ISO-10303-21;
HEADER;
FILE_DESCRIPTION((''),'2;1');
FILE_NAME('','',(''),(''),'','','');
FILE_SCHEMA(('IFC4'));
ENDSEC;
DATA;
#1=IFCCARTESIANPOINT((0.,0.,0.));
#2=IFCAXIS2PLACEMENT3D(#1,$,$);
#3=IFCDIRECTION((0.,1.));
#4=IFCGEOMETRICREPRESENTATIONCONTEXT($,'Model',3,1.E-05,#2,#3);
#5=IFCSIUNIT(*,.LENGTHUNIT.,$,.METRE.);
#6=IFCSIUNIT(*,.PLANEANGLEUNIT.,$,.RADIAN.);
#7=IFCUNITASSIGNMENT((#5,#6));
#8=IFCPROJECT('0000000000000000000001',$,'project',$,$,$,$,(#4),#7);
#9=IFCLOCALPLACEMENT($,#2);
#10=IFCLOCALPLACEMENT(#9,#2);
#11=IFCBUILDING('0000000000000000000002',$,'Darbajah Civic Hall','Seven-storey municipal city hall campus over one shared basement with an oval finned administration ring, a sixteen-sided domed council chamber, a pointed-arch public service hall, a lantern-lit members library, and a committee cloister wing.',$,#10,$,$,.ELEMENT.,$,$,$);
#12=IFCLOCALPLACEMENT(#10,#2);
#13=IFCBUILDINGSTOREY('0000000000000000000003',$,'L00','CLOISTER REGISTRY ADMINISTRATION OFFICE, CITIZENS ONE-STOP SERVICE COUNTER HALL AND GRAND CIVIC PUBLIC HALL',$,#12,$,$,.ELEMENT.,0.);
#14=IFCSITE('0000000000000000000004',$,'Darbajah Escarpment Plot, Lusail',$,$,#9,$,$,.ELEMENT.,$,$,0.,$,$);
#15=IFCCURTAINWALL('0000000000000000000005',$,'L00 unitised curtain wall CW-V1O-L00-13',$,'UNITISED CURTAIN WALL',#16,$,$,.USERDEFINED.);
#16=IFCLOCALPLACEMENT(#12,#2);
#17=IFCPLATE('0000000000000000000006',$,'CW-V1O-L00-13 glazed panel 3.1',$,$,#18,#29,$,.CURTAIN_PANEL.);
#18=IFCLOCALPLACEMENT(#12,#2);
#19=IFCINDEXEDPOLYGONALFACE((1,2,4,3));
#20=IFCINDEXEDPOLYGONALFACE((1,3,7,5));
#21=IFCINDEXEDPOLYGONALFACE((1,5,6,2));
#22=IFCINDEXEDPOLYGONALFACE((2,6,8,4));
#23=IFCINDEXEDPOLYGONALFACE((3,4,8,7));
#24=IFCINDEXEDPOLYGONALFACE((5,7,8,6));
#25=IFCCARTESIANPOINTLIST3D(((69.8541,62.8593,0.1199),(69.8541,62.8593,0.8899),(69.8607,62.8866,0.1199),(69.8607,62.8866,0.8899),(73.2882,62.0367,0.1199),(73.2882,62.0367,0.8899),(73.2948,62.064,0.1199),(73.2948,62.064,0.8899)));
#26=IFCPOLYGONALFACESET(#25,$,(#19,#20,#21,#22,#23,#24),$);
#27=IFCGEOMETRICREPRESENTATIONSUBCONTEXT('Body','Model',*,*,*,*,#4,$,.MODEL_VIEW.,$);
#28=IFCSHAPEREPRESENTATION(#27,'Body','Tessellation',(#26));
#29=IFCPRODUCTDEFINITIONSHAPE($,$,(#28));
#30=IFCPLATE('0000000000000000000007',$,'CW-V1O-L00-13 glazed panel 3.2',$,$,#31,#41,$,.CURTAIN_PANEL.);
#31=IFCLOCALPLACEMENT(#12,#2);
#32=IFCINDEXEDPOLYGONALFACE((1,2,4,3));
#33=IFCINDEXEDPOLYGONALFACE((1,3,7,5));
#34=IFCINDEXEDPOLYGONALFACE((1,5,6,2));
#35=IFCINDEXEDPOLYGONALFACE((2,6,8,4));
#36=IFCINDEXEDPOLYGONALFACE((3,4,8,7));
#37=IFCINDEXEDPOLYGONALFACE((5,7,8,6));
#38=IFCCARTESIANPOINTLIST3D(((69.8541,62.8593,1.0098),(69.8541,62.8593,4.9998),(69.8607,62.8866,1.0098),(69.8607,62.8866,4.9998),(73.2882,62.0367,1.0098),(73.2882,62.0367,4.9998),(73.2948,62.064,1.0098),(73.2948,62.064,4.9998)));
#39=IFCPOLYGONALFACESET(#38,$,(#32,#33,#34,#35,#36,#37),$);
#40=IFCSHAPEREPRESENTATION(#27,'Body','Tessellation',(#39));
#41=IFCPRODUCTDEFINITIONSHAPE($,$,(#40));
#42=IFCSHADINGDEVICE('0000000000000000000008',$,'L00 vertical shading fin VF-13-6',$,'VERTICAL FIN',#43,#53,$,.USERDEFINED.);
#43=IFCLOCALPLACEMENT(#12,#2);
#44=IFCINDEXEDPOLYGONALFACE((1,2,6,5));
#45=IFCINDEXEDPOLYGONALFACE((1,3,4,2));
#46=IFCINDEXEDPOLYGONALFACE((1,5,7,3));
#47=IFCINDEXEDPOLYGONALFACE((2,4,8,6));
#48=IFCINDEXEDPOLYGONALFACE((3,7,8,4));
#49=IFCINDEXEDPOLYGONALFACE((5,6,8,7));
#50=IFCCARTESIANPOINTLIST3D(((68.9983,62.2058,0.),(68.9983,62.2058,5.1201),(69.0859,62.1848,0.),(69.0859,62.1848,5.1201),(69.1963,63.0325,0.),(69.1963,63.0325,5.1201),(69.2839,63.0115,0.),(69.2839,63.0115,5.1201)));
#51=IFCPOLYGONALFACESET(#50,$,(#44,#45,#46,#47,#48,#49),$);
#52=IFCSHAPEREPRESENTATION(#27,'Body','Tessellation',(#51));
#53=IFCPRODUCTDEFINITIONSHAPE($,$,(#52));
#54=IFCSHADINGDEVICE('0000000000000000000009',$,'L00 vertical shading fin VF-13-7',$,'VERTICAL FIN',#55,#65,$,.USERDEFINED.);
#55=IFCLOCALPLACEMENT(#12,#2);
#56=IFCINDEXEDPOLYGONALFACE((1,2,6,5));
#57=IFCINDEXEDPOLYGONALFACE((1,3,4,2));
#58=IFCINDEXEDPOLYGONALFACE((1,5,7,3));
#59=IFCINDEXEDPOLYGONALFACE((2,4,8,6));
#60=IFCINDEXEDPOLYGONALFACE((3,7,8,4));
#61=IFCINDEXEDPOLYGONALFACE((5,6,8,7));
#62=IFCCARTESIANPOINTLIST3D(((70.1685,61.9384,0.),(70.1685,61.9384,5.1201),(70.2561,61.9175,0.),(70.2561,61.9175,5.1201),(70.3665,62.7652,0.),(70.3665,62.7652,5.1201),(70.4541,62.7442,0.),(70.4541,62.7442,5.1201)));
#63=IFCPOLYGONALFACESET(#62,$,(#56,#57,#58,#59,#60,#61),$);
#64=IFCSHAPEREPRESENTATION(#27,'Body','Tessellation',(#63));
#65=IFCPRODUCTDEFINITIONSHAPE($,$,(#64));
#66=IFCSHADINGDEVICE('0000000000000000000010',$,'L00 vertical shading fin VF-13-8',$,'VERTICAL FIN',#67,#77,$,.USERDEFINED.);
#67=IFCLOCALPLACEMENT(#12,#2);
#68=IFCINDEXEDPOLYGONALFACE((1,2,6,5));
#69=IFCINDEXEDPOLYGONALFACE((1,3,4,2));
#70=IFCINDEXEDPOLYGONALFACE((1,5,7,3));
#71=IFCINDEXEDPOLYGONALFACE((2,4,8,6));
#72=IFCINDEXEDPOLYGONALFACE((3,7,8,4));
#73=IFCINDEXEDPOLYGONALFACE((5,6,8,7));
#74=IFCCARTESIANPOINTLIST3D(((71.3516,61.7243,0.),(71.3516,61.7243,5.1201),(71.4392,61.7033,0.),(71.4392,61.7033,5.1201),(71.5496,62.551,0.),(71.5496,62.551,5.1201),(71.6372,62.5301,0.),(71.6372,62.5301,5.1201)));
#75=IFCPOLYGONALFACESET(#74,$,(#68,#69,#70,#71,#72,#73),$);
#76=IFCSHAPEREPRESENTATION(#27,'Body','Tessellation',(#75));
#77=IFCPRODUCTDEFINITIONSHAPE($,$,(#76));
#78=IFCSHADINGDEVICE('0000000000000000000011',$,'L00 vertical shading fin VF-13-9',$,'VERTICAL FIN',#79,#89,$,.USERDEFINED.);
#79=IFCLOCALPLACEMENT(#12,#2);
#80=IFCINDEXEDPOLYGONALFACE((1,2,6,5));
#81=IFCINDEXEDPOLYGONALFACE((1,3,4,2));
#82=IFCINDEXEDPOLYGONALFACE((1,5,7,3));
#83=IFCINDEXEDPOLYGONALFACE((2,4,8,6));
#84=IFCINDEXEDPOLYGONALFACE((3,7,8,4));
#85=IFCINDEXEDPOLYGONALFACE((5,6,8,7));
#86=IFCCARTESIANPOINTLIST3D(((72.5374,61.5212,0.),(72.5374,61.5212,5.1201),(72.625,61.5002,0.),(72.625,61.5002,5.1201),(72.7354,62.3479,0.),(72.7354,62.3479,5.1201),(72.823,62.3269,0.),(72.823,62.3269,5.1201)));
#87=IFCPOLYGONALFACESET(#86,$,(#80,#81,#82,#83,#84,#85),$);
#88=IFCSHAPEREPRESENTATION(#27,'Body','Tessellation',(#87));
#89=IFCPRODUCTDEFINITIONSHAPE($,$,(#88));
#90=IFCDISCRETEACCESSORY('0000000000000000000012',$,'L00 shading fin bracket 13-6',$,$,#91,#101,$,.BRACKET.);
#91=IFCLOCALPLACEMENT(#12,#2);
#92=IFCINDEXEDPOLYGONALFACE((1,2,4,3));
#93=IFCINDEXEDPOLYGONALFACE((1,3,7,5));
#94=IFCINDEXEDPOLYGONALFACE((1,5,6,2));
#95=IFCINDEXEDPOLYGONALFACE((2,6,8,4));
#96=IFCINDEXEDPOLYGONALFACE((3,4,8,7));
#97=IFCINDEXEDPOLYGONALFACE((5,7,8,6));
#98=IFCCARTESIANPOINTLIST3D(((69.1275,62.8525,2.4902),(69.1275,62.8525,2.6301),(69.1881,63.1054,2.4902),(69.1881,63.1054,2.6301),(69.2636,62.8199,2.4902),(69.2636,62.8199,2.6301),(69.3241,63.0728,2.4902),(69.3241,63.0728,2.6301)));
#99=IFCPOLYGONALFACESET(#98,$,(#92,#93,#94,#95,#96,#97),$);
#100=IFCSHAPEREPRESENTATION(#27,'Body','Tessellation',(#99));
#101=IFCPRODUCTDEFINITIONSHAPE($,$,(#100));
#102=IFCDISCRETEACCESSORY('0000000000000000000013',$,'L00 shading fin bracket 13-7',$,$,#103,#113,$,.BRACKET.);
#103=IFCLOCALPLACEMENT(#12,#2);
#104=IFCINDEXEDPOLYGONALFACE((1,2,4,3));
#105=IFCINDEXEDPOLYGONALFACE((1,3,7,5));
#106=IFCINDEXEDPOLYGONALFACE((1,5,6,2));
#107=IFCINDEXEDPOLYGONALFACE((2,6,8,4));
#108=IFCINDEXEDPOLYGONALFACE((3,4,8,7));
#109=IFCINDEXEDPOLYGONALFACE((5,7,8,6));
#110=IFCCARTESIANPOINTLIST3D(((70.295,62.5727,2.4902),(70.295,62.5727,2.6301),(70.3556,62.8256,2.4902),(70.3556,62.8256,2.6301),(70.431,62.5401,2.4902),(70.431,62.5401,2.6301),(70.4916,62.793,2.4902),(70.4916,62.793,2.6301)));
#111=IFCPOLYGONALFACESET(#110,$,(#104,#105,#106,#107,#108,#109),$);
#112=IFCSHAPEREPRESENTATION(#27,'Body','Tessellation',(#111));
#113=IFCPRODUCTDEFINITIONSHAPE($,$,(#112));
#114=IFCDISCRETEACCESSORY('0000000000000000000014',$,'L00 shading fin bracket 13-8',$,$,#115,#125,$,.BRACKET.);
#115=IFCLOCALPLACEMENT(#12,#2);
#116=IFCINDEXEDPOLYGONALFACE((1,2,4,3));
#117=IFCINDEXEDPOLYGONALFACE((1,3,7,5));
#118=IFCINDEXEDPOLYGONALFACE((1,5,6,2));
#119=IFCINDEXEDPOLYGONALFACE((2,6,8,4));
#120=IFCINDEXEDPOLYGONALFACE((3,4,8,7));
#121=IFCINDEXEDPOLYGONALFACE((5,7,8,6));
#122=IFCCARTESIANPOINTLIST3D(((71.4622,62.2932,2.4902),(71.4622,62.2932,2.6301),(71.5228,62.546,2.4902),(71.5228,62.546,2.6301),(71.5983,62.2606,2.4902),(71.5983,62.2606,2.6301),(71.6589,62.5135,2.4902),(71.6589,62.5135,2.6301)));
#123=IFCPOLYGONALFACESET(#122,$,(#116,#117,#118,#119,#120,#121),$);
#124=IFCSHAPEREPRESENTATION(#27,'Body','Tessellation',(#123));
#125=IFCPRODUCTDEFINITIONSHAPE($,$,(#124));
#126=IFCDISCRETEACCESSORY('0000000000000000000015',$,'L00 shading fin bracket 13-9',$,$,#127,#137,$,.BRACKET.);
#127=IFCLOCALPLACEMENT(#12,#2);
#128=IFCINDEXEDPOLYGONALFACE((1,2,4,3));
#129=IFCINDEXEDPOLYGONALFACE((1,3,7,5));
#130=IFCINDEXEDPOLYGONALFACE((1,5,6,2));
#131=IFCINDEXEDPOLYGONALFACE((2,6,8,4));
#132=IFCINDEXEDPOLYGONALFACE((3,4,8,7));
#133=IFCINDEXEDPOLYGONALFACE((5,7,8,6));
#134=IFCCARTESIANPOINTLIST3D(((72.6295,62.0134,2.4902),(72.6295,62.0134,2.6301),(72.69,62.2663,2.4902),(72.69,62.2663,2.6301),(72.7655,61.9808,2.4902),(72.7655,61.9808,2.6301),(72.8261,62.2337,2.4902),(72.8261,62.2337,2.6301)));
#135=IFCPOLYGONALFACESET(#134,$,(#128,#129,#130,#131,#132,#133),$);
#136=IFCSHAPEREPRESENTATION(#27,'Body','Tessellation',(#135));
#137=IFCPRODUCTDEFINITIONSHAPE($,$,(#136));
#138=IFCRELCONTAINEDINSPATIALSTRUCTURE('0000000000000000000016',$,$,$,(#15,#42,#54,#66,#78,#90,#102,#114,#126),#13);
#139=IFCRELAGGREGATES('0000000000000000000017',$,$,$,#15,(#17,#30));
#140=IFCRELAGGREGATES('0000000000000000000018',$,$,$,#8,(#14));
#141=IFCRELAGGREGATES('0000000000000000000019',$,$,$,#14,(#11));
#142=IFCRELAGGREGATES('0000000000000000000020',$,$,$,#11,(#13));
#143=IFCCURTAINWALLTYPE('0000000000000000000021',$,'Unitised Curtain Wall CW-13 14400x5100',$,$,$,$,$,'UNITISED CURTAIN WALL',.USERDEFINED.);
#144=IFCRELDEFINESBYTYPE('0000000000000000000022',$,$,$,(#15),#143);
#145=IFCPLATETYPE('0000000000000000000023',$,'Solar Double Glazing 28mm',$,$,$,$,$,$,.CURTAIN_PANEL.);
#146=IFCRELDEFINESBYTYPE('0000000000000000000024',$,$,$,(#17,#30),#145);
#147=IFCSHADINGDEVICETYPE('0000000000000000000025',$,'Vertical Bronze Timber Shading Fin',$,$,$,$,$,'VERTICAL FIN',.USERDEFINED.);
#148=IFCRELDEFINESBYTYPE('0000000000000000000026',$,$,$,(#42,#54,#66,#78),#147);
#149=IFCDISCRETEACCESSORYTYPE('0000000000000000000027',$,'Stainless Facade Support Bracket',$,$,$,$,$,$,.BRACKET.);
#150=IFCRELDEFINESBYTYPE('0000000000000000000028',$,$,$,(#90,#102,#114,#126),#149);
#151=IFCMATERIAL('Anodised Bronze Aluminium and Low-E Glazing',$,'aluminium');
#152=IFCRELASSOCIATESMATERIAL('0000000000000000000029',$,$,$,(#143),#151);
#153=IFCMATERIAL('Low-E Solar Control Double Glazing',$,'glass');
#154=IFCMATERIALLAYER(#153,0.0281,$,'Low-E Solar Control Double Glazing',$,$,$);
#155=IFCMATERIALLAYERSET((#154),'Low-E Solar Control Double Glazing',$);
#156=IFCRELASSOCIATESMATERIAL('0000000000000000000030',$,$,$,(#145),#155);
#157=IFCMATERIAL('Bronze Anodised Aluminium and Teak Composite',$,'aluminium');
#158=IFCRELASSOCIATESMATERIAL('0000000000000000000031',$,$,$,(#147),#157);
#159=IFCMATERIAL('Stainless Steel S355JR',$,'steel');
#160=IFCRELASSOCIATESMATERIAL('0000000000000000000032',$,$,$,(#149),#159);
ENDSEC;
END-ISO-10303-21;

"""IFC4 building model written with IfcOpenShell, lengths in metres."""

from ifc_helpers import new_model, si_unit, direction, frame, origin, origin_2d, place, context, subcontext, project, spatial, rectangle, extrude, material, layer, layer_set, type_object, element, aggregate, save


model = new_model("IFC4")

# Units and contexts
model_context = context("Model", 3, precision=1e-05, world=origin(), true_north=direction((0.0, 1.0)))
body_context = subcontext(model_context, "Body", "Model", "MODEL_VIEW")
ifc_project = project(units=[si_unit("LENGTHUNIT", "METRE"), si_unit("PLANEANGLEUNIT", "RADIAN")], contexts=[model_context])

# Site, building, storey
site_placement = place(None, origin())
site = spatial("IfcSite", under=ifc_project, at=site_placement, Name="Darbajah Escarpment Plot, Lusail", CompositionType="ELEMENT", RefElevation=0.0)
building_placement = place(site_placement, origin())
building = spatial("IfcBuilding", under=site, at=building_placement, Name="Darbajah Civic Hall", Description="Seven-storey municipal city hall campus over one shared basement with an oval finned administration ring, a sixteen-sided domed council chamber, a pointed-arch public service hall, a lantern-lit members library, and a committee cloister wing.", CompositionType="ELEMENT")
storey_placement = place(building_placement, origin())
storey = spatial("IfcBuildingStorey", under=building, at=storey_placement, Name="L00", Description="CLOISTER REGISTRY ADMINISTRATION OFFICE, CITIZENS ONE-STOP SERVICE COUNTER HALL AND GRAND CIVIC PUBLIC HALL", CompositionType="ELEMENT", Elevation=0.0)

# Curtain wall
ifc_material_1 = material(Name="Anodised Bronze Aluminium and Low-E Glazing", Category="aluminium")
curtain_wall_type = type_object("IfcCurtainWallType", Name="Unitised Curtain Wall CW-13 14400x5100", ElementType="UNITISED CURTAIN WALL", PredefinedType="USERDEFINED", material=ifc_material_1)
curtain_wall_placement = place(storey_placement, origin())
curtain_wall = element("IfcCurtainWall", 1, at=curtain_wall_placement, inside=storey, type_object=curtain_wall_type, Name="L00 unitised curtain wall CW-V1O-L00-13", ObjectType="UNITISED CURTAIN WALL", PredefinedType="USERDEFINED")

# Plates
ifc_material_2 = material(Name="Low-E Solar Control Double Glazing", Category="glass")
ifc_layer = layer(ifc_material_2, 0.0281, Name="Low-E Solar Control Double Glazing")
ifc_layer_set = layer_set([ifc_layer], Name="Low-E Solar Control Double Glazing")
plate_type = type_object("IfcPlateType", Name="Solar Double Glazing 28mm", PredefinedType="CURTAIN_PANEL", material=ifc_layer_set)
plate_1_placement = place(storey_placement, frame((71.5745, 62.4617, 0.1199), z_axis=(0.0, 0.0, 1.0), x_axis=(0.972492, -0.232936, 0.0)))
plate_1 = element("IfcPlate", 2, at=plate_1_placement, type_object=plate_type, Name="CW-V1O-L00-13 glazed panel 3.1", PredefinedType="CURTAIN_PANEL", context=body_context, shape_type="SweptSolid", body=[
    extrude(rectangle(XDim=3.5312, YDim=0.0281, at=origin_2d()), origin(), (0.0, 0.0, 1.0), 0.77),
])
plate_2_placement = place(storey_placement, frame((71.5745, 62.4617, 1.0098), z_axis=(0.0, 0.0, 1.0), x_axis=(0.972492, -0.232936, 0.0)))
plate_2 = element("IfcPlate", 3, at=plate_2_placement, type_object=plate_type, Name="CW-V1O-L00-13 glazed panel 3.2", PredefinedType="CURTAIN_PANEL", context=body_context, shape_type="SweptSolid", body=[
    extrude(rectangle(XDim=3.5312, YDim=0.0281, at=origin_2d()), origin(), (0.0, 0.0, 1.0), 3.99),
])
aggregate(curtain_wall, [plate_1, plate_2])

# Shading devices
ifc_material_3 = material(Name="Bronze Anodised Aluminium and Teak Composite", Category="aluminium")
shading_device_type = type_object("IfcShadingDeviceType", Name="Vertical Bronze Timber Shading Fin", ElementType="VERTICAL FIN", PredefinedType="USERDEFINED", material=ifc_material_3)
for number, where, z_axis, x_axis, name in (
    (4, (69.1411, 62.6086, 0.0), (0.0, 0.0, 1.0), (-0.232936, -0.972492, 0.0), "L00 vertical shading fin VF-13-6"),
    (5, (70.3113, 62.3413, 0.0), (0.0, 0.0, 1.0), (-0.232936, -0.972492, 0.0), "L00 vertical shading fin VF-13-7"),
    (6, (71.4944, 62.1272, 0.0), (0.0, 0.0, 1.0), (-0.232936, -0.972492, 0.0), "L00 vertical shading fin VF-13-8"),
    (7, (72.6802, 61.9241, 0.0), (0.0, 0.0, 1.0), (-0.232936, -0.972492, 0.0), "L00 vertical shading fin VF-13-9"),
):
    element("IfcShadingDevice", number, at=place(storey_placement, frame(where, z_axis=z_axis, x_axis=x_axis)), inside=storey, type_object=shading_device_type, Name=name, ObjectType="VERTICAL FIN", PredefinedType="USERDEFINED", context=body_context, shape_type="SweptSolid", body=[
        extrude(rectangle(XDim=0.8501, YDim=0.0901, at=origin_2d()), origin(), (0.0, 0.0, 1.0), 5.1201),
    ])

# Discrete accessories
ifc_material_4 = material(Name="Stainless Steel S355JR", Category="steel")
discrete_accessory_type = type_object("IfcDiscreteAccessoryType", Name="Stainless Facade Support Bracket", PredefinedType="BRACKET", material=ifc_material_4)
for number, where, z_axis, x_axis, name in (
    (8, (69.2258, 62.9626, 2.4902), (0.0, 0.0, 1.0), (-0.232936, -0.972492, 0.0), "L00 shading fin bracket 13-6"),
    (9, (70.3933, 62.6829, 2.4902), (0.0, 0.0, 1.0), (-0.232936, -0.972492, 0.0), "L00 shading fin bracket 13-7"),
    (10, (71.5605, 62.4033, 2.4902), (0.0, 0.0, 1.0), (-0.232936, -0.972492, 0.0), "L00 shading fin bracket 13-8"),
    (11, (72.7278, 62.1235, 2.4902), (0.0, 0.0, 1.0), (-0.232936, -0.972492, 0.0), "L00 shading fin bracket 13-9"),
):
    element("IfcDiscreteAccessory", number, at=place(storey_placement, frame(where, z_axis=z_axis, x_axis=x_axis)), inside=storey, type_object=discrete_accessory_type, Name=name, PredefinedType="BRACKET", context=body_context, shape_type="SweptSolid", body=[
        extrude(rectangle(XDim=0.26, YDim=0.1399, at=origin_2d()), origin(), (0.0, 0.0, 1.0), 0.1399),
    ])

save(model, "model.ifc")
